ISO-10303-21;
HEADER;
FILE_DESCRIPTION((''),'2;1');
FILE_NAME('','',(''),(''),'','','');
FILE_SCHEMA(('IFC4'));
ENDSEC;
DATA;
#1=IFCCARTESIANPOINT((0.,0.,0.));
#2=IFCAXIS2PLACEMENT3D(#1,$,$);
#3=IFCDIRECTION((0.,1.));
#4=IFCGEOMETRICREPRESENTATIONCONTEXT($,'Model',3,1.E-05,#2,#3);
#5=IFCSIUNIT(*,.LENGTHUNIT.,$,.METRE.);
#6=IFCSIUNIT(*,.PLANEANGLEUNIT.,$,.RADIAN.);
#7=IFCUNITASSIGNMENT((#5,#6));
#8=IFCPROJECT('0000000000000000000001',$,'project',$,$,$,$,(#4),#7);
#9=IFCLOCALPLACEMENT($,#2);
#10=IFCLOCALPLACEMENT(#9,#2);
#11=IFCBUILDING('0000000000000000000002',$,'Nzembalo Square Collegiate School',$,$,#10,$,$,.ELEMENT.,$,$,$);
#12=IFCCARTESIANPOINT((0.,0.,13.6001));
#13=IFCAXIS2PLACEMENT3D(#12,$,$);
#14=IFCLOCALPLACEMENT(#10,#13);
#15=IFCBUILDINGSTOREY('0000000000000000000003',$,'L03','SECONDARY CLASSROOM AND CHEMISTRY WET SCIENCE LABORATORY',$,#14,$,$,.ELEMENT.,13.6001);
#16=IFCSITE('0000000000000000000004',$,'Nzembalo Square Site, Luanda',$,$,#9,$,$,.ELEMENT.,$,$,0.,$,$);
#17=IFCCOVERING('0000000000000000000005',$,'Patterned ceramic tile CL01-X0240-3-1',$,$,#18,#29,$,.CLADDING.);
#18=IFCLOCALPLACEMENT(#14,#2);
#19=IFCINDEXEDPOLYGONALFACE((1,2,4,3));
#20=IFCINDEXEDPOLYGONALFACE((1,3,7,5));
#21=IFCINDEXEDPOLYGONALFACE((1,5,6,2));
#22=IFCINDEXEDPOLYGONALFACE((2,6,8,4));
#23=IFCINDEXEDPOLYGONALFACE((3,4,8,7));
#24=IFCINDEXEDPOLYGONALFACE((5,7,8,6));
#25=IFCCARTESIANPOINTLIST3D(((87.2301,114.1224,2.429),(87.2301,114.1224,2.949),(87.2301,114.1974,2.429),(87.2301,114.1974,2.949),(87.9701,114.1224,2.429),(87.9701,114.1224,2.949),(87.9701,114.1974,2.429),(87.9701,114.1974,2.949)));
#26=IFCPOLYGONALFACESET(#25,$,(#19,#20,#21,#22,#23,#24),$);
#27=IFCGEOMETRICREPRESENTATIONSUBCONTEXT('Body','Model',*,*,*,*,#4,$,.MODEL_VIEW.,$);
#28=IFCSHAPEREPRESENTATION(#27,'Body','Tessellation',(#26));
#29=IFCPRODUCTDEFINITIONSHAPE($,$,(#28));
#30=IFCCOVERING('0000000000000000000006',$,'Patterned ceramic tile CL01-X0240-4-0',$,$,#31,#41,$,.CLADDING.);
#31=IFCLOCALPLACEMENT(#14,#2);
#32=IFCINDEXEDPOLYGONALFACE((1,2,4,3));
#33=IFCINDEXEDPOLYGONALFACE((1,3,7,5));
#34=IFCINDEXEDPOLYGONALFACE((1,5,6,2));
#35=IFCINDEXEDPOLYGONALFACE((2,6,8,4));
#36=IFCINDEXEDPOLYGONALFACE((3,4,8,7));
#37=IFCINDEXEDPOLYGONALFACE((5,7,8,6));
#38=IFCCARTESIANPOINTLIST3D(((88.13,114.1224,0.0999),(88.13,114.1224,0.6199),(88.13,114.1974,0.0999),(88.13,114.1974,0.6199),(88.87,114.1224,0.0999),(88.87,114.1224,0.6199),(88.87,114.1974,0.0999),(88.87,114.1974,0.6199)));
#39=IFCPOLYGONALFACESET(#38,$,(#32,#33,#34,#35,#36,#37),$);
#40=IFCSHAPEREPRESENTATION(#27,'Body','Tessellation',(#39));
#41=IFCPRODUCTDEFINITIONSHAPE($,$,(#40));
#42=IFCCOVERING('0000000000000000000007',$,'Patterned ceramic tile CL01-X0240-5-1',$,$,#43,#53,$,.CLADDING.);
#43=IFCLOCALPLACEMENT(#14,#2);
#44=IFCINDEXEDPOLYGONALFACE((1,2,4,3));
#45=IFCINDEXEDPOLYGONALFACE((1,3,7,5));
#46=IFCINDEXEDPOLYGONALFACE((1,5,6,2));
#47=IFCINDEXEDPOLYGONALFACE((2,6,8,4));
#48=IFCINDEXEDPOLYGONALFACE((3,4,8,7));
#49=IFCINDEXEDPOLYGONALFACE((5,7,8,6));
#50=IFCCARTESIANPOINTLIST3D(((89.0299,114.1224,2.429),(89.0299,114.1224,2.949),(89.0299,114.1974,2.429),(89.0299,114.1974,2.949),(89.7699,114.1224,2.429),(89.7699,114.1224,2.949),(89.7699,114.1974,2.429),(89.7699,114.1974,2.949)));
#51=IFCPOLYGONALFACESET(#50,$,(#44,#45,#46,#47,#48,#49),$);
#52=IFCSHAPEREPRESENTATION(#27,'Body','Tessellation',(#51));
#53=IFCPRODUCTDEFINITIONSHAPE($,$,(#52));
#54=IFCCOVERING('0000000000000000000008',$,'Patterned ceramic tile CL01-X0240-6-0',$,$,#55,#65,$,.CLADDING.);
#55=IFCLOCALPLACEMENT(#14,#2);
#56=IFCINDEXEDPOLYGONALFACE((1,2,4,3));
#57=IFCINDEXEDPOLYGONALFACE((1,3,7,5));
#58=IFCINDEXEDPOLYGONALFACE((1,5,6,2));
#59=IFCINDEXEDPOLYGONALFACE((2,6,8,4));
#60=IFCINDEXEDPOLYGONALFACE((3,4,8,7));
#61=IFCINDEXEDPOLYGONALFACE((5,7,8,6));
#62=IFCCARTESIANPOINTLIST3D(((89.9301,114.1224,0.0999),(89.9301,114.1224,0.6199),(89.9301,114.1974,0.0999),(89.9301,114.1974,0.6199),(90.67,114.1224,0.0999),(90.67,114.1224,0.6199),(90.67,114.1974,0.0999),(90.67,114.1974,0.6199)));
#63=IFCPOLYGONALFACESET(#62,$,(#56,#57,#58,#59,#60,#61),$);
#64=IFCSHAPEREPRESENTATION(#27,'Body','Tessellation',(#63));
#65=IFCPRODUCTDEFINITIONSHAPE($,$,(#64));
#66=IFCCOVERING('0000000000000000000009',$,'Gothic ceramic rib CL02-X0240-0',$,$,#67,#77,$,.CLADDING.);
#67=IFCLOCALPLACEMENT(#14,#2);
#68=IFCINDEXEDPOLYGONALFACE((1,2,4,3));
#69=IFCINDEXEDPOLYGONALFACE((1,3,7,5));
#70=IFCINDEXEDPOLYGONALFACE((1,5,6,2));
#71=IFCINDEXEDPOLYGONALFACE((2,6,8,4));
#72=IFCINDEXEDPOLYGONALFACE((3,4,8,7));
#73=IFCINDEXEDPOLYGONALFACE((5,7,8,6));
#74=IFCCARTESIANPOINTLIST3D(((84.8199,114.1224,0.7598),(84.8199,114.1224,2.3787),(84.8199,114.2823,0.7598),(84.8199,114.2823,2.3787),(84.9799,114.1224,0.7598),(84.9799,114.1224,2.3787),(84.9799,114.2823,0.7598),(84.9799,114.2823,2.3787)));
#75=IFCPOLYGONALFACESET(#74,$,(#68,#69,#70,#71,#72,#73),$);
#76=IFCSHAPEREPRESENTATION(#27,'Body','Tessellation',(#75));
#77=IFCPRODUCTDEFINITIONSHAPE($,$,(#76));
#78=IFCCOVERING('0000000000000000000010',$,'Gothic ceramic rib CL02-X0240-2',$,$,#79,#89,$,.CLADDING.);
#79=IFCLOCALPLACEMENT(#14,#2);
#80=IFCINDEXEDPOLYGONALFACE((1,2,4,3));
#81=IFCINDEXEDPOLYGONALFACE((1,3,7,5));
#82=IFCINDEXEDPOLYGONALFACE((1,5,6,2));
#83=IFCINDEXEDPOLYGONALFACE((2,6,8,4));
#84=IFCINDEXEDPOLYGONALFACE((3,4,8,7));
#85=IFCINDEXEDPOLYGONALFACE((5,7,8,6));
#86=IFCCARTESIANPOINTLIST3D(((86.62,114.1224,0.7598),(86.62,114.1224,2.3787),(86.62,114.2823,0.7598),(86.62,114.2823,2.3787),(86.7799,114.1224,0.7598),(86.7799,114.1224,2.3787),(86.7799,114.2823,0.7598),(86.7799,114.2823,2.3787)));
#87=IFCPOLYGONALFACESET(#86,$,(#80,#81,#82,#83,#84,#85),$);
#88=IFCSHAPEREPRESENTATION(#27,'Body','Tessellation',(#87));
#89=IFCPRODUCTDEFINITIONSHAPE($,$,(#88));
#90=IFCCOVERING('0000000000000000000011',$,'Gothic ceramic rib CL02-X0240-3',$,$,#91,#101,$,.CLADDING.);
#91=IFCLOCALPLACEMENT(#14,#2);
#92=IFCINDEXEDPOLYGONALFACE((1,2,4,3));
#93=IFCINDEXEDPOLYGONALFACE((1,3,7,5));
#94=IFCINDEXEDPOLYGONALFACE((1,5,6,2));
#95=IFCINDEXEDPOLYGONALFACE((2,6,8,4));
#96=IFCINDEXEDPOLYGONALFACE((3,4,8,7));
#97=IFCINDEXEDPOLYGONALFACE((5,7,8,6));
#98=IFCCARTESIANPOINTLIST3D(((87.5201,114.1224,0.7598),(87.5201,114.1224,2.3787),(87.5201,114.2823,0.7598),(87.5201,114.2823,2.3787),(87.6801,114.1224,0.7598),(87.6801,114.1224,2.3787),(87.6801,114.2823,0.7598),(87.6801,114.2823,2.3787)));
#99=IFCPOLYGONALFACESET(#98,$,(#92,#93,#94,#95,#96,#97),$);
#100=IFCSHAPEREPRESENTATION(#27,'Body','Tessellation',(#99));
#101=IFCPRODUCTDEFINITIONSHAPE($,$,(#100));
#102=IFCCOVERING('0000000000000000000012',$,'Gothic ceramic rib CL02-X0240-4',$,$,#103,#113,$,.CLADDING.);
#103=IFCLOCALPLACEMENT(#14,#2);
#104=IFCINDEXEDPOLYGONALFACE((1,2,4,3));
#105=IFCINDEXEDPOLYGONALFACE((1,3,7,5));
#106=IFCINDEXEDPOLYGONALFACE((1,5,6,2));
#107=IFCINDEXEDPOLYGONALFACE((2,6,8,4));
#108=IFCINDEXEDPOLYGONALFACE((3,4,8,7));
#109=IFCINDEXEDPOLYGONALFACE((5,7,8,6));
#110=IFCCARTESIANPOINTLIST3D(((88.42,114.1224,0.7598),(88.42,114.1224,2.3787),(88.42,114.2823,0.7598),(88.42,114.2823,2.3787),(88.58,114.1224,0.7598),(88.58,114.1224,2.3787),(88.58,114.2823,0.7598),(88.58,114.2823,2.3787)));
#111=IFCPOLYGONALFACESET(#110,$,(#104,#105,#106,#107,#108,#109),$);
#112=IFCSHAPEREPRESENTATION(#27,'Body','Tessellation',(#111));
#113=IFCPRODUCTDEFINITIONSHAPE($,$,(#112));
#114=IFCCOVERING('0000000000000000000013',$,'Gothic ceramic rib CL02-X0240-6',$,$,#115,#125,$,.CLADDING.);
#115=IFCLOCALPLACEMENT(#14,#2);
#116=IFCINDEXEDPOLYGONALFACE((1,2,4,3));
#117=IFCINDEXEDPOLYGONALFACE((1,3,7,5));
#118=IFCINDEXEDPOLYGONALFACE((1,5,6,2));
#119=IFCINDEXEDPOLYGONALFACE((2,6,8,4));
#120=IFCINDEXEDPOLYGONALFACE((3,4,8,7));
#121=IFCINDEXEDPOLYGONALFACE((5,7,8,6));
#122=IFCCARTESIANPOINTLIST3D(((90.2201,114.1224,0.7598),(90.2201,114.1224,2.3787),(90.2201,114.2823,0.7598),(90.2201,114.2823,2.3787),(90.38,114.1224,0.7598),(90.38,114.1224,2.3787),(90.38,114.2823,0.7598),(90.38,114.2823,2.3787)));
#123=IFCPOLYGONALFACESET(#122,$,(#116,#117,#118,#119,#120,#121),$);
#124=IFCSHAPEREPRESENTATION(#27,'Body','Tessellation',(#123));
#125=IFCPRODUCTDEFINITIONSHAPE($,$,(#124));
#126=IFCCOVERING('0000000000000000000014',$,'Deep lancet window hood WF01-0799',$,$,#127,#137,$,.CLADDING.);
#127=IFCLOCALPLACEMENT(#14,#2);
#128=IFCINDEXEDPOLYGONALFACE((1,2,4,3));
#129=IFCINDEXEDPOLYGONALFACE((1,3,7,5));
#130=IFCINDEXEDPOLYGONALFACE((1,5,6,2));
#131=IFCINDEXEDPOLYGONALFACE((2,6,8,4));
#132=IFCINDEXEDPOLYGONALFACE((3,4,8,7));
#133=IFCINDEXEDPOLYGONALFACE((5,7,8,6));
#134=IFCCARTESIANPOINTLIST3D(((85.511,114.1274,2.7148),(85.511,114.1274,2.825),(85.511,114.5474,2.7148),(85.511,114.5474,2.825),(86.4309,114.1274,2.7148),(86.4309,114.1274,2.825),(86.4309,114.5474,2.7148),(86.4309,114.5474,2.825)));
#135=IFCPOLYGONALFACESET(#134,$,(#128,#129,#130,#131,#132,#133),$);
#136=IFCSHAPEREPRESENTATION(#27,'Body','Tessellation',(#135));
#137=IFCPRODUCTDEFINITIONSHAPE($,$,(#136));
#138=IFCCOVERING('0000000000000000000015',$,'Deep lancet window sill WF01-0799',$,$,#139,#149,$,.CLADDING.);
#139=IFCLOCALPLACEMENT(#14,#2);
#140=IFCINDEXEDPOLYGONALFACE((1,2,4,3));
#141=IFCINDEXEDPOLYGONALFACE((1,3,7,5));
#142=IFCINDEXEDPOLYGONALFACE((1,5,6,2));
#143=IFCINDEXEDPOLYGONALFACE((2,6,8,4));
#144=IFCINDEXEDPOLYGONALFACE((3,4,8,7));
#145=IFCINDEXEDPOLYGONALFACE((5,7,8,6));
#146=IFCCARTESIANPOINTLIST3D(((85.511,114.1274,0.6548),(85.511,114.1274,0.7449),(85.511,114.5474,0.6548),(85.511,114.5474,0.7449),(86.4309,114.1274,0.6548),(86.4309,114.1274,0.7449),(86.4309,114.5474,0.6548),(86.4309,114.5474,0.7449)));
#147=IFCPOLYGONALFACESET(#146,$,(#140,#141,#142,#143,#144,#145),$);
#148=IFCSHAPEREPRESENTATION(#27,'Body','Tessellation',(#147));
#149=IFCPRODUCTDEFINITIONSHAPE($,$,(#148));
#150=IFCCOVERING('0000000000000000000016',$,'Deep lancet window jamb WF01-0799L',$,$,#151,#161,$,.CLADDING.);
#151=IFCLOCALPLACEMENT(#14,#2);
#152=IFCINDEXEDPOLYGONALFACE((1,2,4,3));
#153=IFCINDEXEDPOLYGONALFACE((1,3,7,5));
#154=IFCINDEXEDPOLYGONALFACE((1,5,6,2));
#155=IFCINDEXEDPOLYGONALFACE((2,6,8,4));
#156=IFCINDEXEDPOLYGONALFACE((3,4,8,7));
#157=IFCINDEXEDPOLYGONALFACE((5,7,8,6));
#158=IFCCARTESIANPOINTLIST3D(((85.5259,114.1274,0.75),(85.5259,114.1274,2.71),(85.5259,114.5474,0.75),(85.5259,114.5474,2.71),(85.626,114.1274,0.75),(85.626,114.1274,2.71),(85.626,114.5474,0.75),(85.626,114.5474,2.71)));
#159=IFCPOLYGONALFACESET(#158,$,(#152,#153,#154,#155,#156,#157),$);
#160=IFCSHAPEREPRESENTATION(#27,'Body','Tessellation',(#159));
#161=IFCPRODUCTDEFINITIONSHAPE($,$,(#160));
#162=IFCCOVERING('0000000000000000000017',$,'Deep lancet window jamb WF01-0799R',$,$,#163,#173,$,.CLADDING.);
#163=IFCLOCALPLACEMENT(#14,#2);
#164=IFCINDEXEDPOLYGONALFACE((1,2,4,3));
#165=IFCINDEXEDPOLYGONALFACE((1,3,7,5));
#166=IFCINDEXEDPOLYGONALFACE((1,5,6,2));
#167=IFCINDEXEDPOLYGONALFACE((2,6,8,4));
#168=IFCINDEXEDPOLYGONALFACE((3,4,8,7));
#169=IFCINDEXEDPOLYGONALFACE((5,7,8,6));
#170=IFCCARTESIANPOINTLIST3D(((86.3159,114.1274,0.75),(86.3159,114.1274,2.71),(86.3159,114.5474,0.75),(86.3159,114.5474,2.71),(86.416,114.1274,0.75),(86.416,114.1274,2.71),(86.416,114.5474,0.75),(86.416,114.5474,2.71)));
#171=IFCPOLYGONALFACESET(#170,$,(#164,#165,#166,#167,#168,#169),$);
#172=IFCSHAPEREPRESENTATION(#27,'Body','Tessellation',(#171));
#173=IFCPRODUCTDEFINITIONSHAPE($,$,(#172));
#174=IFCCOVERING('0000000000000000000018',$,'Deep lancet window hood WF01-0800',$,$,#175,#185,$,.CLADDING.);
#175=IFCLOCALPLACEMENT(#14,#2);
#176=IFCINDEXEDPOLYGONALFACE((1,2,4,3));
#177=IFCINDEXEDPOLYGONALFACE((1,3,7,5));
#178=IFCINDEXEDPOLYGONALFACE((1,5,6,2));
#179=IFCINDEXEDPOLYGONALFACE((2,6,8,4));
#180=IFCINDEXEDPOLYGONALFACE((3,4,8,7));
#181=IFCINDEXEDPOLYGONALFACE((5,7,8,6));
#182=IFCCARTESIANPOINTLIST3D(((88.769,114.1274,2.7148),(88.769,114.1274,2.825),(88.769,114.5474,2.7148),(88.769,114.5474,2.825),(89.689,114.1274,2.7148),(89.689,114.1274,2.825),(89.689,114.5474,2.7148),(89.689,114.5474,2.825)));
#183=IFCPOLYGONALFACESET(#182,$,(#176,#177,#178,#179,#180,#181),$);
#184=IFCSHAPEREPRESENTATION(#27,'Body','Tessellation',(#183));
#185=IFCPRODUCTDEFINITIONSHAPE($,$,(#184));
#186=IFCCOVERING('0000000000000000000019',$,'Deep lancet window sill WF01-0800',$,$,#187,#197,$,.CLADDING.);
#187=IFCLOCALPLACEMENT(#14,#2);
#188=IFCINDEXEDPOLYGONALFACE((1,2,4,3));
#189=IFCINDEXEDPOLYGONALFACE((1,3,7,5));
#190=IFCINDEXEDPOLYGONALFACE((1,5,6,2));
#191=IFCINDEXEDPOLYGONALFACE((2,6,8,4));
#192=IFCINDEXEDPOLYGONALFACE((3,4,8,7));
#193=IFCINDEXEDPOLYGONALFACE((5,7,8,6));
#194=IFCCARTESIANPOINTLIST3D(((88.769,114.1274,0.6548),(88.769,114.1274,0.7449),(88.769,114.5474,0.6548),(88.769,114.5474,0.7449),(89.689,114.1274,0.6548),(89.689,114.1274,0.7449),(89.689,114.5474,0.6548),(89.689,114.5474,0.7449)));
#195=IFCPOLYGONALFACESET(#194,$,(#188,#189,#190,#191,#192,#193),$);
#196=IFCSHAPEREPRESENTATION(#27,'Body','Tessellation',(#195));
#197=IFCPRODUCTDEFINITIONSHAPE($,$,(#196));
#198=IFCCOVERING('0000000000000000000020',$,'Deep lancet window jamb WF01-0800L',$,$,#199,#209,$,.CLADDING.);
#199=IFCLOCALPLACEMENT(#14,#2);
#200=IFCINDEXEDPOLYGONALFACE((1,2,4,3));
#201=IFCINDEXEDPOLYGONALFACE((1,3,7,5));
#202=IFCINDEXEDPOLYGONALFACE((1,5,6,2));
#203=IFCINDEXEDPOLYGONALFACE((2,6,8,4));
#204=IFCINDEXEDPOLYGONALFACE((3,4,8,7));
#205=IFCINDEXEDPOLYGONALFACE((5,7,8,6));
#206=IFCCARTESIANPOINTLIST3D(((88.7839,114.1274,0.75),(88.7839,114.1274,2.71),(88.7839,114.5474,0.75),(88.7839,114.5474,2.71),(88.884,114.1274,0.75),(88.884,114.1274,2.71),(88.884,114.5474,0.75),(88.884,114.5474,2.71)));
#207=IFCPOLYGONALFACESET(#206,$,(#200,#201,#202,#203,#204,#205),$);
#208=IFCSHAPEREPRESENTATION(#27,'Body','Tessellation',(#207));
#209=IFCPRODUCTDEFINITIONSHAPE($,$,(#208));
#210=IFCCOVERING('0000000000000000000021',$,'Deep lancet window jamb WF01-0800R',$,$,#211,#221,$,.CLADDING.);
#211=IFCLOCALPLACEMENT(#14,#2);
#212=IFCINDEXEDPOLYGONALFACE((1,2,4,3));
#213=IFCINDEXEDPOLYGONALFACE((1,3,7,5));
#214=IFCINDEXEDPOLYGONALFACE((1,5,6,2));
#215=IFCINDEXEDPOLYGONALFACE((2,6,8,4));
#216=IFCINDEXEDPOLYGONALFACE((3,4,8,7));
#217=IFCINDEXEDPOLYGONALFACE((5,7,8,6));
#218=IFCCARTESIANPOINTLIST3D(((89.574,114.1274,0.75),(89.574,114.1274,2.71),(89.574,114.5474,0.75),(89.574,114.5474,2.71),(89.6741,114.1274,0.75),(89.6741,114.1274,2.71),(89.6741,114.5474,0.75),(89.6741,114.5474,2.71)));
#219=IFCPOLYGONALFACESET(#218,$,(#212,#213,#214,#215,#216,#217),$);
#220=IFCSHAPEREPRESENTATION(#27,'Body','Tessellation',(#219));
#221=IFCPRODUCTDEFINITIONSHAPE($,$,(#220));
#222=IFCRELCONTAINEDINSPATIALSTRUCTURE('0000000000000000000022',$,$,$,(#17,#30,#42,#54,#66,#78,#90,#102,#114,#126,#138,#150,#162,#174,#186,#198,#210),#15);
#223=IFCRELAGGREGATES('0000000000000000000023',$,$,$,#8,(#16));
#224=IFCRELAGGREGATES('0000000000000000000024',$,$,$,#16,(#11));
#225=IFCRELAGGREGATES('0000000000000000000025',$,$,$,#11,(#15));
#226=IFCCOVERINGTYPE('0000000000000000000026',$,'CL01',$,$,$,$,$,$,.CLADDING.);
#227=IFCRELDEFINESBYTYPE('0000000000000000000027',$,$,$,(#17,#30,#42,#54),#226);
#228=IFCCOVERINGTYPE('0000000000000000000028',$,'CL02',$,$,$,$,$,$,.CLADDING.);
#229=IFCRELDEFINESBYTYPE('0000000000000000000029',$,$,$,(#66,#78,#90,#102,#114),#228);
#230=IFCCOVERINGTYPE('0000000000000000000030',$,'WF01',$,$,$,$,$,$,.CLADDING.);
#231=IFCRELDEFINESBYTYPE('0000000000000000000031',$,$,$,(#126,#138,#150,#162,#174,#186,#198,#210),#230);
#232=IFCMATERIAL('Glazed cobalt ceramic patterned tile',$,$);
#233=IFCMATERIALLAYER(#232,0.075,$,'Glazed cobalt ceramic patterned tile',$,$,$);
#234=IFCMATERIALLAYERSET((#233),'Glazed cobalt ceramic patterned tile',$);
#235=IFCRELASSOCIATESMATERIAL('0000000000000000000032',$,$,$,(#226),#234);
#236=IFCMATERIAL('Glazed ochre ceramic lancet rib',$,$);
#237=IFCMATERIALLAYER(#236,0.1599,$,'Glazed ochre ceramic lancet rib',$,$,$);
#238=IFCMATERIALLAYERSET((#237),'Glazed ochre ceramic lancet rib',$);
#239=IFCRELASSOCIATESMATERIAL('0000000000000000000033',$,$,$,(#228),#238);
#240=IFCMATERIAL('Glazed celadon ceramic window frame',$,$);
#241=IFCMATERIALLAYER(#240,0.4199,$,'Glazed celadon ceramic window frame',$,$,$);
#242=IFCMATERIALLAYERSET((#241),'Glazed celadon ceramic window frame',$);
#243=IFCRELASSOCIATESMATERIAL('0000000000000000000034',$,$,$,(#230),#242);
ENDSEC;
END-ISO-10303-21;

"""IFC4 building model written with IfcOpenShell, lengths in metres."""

from ifc_helpers import new_model, si_unit, direction, frame, origin, origin_2d, place, context, subcontext, project, spatial, rectangle, extrude, material, layer, layer_set, type_object, element, save


model = new_model("IFC4")

# Units and contexts
model_context = context("Model", 3, precision=1e-05, world=origin(), true_north=direction((0.0, 1.0)))
body_context = subcontext(model_context, "Body", "Model", "MODEL_VIEW")
ifc_project = project(units=[si_unit("LENGTHUNIT", "METRE"), si_unit("PLANEANGLEUNIT", "RADIAN")], contexts=[model_context])

# Site, building, storey
site_placement = place(None, origin())
site = spatial("IfcSite", under=ifc_project, at=site_placement, Name="Nzembalo Square Site, Luanda", CompositionType="ELEMENT", RefElevation=0.0)
building_placement = place(site_placement, origin())
building = spatial("IfcBuilding", under=site, at=building_placement, Name="Nzembalo Square Collegiate School", CompositionType="ELEMENT")
storey_placement = place(building_placement, frame((0.0, 0.0, 13.6001)))
storey = spatial("IfcBuildingStorey", under=building, at=storey_placement, Name="L03", Description="SECONDARY CLASSROOM AND CHEMISTRY WET SCIENCE LABORATORY", CompositionType="ELEMENT", Elevation=13.6001)

# Coverings
ifc_material_1 = material(Name="Glazed cobalt ceramic patterned tile")
ifc_layer_1 = layer(ifc_material_1, 0.075, Name="Glazed cobalt ceramic patterned tile")
ifc_layer_set_1 = layer_set([ifc_layer_1], Name="Glazed cobalt ceramic patterned tile")
covering_type_1 = type_object("IfcCoveringType", Name="CL01", PredefinedType="CLADDING", material=ifc_layer_set_1)
for number, where, z_axis, x_axis, name in (
    (1, (87.6001, 114.1599, 2.429), (0.0, 0.0, 1.0), (1.0, 0.0, 0.0), "Patterned ceramic tile CL01-X0240-3-1"),
    (2, (88.5, 114.1599, 0.0999), (0.0, 0.0, 1.0), (1.0, 0.0, 0.0), "Patterned ceramic tile CL01-X0240-4-0"),
    (3, (89.3999, 114.1599, 2.429), (0.0, 0.0, 1.0), (1.0, 0.0, 0.0), "Patterned ceramic tile CL01-X0240-5-1"),
    (4, (90.3, 114.1599, 0.0999), (0.0, 0.0, 1.0), (1.0, 0.0, 0.0), "Patterned ceramic tile CL01-X0240-6-0"),
):
    element("IfcCovering", number, at=place(storey_placement, frame(where, z_axis=z_axis, x_axis=x_axis)), inside=storey, type_object=covering_type_1, Name=name, PredefinedType="CLADDING", context=body_context, shape_type="SweptSolid", body=[
        extrude(rectangle(XDim=0.74, YDim=0.075, at=origin_2d()), origin(), (0.0, 0.0, 1.0), 0.52),
    ])
ifc_material_2 = material(Name="Glazed ochre ceramic lancet rib")
ifc_layer_2 = layer(ifc_material_2, 0.1599, Name="Glazed ochre ceramic lancet rib")
ifc_layer_set_2 = layer_set([ifc_layer_2], Name="Glazed ochre ceramic lancet rib")
covering_type_2 = type_object("IfcCoveringType", Name="CL02", PredefinedType="CLADDING", material=ifc_layer_set_2)
for number, where, z_axis, x_axis, name in (
    (5, (84.8999, 114.2024, 0.7598), (0.0, 0.0, 1.0), (1.0, 0.0, 0.0), "Gothic ceramic rib CL02-X0240-0"),
    (6, (86.7, 114.2024, 0.7598), (0.0, 0.0, 1.0), (1.0, 0.0, 0.0), "Gothic ceramic rib CL02-X0240-2"),
    (7, (87.6001, 114.2024, 0.7598), (0.0, 0.0, 1.0), (1.0, 0.0, 0.0), "Gothic ceramic rib CL02-X0240-3"),
    (8, (88.5, 114.2024, 0.7598), (0.0, 0.0, 1.0), (1.0, 0.0, 0.0), "Gothic ceramic rib CL02-X0240-4"),
    (9, (90.3, 114.2024, 0.7598), (0.0, 0.0, 1.0), (1.0, 0.0, 0.0), "Gothic ceramic rib CL02-X0240-6"),
):
    element("IfcCovering", number, at=place(storey_placement, frame(where, z_axis=z_axis, x_axis=x_axis)), inside=storey, type_object=covering_type_2, Name=name, PredefinedType="CLADDING", context=body_context, shape_type="SweptSolid", body=[
        extrude(rectangle(XDim=0.1599, YDim=0.1599, at=origin_2d()), origin(), (0.0, 0.0, 1.0), 1.6189),
    ])
ifc_material_3 = material(Name="Glazed celadon ceramic window frame")
ifc_layer_3 = layer(ifc_material_3, 0.4199, Name="Glazed celadon ceramic window frame")
ifc_layer_set_3 = layer_set([ifc_layer_3], Name="Glazed celadon ceramic window frame")
covering_type_3 = type_object("IfcCoveringType", Name="WF01", PredefinedType="CLADDING", material=ifc_layer_set_3)
covering_1_placement = place(storey_placement, frame((85.9709, 114.3374, 2.7148), z_axis=(0.0, 0.0, 1.0), x_axis=(1.0, 0.0, 0.0)))
element("IfcCovering", 10, at=covering_1_placement, inside=storey, type_object=covering_type_3, Name="Deep lancet window hood WF01-0799", PredefinedType="CLADDING", context=body_context, shape_type="SweptSolid", body=[
    extrude(rectangle(XDim=0.9199, YDim=0.4199, at=origin_2d()), origin(), (0.0, 0.0, 1.0), 0.1101),
])
covering_2_placement = place(storey_placement, frame((85.9709, 114.3374, 0.6548), z_axis=(0.0, 0.0, 1.0), x_axis=(1.0, 0.0, 0.0)))
element("IfcCovering", 11, at=covering_2_placement, inside=storey, type_object=covering_type_3, Name="Deep lancet window sill WF01-0799", PredefinedType="CLADDING", context=body_context, shape_type="SweptSolid", body=[
    extrude(rectangle(XDim=0.9199, YDim=0.4199, at=origin_2d()), origin(), (0.0, 0.0, 1.0), 0.0901),
])
for number, where, z_axis, x_axis, name in (
    (12, (85.5759, 114.3374, 0.75), (0.0, 0.0, 1.0), (1.0, 0.0, 0.0), "Deep lancet window jamb WF01-0799L"),
    (13, (86.366, 114.3374, 0.75), (0.0, 0.0, 1.0), (1.0, 0.0, 0.0), "Deep lancet window jamb WF01-0799R"),
):
    element("IfcCovering", number, at=place(storey_placement, frame(where, z_axis=z_axis, x_axis=x_axis)), inside=storey, type_object=covering_type_3, Name=name, PredefinedType="CLADDING", context=body_context, shape_type="SweptSolid", body=[
        extrude(rectangle(XDim=0.1001, YDim=0.4199, at=origin_2d()), origin(), (0.0, 0.0, 1.0), 1.96),
    ])
covering_3_placement = place(storey_placement, frame((89.229, 114.3374, 2.7148), z_axis=(0.0, 0.0, 1.0), x_axis=(1.0, 0.0, 0.0)))
element("IfcCovering", 14, at=covering_3_placement, inside=storey, type_object=covering_type_3, Name="Deep lancet window hood WF01-0800", PredefinedType="CLADDING", context=body_context, shape_type="SweptSolid", body=[
    extrude(rectangle(XDim=0.9199, YDim=0.4199, at=origin_2d()), origin(), (0.0, 0.0, 1.0), 0.1101),
])
covering_4_placement = place(storey_placement, frame((89.229, 114.3374, 0.6548), z_axis=(0.0, 0.0, 1.0), x_axis=(1.0, 0.0, 0.0)))
element("IfcCovering", 15, at=covering_4_placement, inside=storey, type_object=covering_type_3, Name="Deep lancet window sill WF01-0800", PredefinedType="CLADDING", context=body_context, shape_type="SweptSolid", body=[
    extrude(rectangle(XDim=0.9199, YDim=0.4199, at=origin_2d()), origin(), (0.0, 0.0, 1.0), 0.0901),
])
for number, where, z_axis, x_axis, name in (
    (16, (88.834, 114.3374, 0.75), (0.0, 0.0, 1.0), (1.0, 0.0, 0.0), "Deep lancet window jamb WF01-0800L"),
    (17, (89.624, 114.3374, 0.75), (0.0, 0.0, 1.0), (1.0, 0.0, 0.0), "Deep lancet window jamb WF01-0800R"),
):
    element("IfcCovering", number, at=place(storey_placement, frame(where, z_axis=z_axis, x_axis=x_axis)), inside=storey, type_object=covering_type_3, Name=name, PredefinedType="CLADDING", context=body_context, shape_type="SweptSolid", body=[
        extrude(rectangle(XDim=0.1001, YDim=0.4199, at=origin_2d()), origin(), (0.0, 0.0, 1.0), 1.96),
    ])

save(model, "model.ifc")
